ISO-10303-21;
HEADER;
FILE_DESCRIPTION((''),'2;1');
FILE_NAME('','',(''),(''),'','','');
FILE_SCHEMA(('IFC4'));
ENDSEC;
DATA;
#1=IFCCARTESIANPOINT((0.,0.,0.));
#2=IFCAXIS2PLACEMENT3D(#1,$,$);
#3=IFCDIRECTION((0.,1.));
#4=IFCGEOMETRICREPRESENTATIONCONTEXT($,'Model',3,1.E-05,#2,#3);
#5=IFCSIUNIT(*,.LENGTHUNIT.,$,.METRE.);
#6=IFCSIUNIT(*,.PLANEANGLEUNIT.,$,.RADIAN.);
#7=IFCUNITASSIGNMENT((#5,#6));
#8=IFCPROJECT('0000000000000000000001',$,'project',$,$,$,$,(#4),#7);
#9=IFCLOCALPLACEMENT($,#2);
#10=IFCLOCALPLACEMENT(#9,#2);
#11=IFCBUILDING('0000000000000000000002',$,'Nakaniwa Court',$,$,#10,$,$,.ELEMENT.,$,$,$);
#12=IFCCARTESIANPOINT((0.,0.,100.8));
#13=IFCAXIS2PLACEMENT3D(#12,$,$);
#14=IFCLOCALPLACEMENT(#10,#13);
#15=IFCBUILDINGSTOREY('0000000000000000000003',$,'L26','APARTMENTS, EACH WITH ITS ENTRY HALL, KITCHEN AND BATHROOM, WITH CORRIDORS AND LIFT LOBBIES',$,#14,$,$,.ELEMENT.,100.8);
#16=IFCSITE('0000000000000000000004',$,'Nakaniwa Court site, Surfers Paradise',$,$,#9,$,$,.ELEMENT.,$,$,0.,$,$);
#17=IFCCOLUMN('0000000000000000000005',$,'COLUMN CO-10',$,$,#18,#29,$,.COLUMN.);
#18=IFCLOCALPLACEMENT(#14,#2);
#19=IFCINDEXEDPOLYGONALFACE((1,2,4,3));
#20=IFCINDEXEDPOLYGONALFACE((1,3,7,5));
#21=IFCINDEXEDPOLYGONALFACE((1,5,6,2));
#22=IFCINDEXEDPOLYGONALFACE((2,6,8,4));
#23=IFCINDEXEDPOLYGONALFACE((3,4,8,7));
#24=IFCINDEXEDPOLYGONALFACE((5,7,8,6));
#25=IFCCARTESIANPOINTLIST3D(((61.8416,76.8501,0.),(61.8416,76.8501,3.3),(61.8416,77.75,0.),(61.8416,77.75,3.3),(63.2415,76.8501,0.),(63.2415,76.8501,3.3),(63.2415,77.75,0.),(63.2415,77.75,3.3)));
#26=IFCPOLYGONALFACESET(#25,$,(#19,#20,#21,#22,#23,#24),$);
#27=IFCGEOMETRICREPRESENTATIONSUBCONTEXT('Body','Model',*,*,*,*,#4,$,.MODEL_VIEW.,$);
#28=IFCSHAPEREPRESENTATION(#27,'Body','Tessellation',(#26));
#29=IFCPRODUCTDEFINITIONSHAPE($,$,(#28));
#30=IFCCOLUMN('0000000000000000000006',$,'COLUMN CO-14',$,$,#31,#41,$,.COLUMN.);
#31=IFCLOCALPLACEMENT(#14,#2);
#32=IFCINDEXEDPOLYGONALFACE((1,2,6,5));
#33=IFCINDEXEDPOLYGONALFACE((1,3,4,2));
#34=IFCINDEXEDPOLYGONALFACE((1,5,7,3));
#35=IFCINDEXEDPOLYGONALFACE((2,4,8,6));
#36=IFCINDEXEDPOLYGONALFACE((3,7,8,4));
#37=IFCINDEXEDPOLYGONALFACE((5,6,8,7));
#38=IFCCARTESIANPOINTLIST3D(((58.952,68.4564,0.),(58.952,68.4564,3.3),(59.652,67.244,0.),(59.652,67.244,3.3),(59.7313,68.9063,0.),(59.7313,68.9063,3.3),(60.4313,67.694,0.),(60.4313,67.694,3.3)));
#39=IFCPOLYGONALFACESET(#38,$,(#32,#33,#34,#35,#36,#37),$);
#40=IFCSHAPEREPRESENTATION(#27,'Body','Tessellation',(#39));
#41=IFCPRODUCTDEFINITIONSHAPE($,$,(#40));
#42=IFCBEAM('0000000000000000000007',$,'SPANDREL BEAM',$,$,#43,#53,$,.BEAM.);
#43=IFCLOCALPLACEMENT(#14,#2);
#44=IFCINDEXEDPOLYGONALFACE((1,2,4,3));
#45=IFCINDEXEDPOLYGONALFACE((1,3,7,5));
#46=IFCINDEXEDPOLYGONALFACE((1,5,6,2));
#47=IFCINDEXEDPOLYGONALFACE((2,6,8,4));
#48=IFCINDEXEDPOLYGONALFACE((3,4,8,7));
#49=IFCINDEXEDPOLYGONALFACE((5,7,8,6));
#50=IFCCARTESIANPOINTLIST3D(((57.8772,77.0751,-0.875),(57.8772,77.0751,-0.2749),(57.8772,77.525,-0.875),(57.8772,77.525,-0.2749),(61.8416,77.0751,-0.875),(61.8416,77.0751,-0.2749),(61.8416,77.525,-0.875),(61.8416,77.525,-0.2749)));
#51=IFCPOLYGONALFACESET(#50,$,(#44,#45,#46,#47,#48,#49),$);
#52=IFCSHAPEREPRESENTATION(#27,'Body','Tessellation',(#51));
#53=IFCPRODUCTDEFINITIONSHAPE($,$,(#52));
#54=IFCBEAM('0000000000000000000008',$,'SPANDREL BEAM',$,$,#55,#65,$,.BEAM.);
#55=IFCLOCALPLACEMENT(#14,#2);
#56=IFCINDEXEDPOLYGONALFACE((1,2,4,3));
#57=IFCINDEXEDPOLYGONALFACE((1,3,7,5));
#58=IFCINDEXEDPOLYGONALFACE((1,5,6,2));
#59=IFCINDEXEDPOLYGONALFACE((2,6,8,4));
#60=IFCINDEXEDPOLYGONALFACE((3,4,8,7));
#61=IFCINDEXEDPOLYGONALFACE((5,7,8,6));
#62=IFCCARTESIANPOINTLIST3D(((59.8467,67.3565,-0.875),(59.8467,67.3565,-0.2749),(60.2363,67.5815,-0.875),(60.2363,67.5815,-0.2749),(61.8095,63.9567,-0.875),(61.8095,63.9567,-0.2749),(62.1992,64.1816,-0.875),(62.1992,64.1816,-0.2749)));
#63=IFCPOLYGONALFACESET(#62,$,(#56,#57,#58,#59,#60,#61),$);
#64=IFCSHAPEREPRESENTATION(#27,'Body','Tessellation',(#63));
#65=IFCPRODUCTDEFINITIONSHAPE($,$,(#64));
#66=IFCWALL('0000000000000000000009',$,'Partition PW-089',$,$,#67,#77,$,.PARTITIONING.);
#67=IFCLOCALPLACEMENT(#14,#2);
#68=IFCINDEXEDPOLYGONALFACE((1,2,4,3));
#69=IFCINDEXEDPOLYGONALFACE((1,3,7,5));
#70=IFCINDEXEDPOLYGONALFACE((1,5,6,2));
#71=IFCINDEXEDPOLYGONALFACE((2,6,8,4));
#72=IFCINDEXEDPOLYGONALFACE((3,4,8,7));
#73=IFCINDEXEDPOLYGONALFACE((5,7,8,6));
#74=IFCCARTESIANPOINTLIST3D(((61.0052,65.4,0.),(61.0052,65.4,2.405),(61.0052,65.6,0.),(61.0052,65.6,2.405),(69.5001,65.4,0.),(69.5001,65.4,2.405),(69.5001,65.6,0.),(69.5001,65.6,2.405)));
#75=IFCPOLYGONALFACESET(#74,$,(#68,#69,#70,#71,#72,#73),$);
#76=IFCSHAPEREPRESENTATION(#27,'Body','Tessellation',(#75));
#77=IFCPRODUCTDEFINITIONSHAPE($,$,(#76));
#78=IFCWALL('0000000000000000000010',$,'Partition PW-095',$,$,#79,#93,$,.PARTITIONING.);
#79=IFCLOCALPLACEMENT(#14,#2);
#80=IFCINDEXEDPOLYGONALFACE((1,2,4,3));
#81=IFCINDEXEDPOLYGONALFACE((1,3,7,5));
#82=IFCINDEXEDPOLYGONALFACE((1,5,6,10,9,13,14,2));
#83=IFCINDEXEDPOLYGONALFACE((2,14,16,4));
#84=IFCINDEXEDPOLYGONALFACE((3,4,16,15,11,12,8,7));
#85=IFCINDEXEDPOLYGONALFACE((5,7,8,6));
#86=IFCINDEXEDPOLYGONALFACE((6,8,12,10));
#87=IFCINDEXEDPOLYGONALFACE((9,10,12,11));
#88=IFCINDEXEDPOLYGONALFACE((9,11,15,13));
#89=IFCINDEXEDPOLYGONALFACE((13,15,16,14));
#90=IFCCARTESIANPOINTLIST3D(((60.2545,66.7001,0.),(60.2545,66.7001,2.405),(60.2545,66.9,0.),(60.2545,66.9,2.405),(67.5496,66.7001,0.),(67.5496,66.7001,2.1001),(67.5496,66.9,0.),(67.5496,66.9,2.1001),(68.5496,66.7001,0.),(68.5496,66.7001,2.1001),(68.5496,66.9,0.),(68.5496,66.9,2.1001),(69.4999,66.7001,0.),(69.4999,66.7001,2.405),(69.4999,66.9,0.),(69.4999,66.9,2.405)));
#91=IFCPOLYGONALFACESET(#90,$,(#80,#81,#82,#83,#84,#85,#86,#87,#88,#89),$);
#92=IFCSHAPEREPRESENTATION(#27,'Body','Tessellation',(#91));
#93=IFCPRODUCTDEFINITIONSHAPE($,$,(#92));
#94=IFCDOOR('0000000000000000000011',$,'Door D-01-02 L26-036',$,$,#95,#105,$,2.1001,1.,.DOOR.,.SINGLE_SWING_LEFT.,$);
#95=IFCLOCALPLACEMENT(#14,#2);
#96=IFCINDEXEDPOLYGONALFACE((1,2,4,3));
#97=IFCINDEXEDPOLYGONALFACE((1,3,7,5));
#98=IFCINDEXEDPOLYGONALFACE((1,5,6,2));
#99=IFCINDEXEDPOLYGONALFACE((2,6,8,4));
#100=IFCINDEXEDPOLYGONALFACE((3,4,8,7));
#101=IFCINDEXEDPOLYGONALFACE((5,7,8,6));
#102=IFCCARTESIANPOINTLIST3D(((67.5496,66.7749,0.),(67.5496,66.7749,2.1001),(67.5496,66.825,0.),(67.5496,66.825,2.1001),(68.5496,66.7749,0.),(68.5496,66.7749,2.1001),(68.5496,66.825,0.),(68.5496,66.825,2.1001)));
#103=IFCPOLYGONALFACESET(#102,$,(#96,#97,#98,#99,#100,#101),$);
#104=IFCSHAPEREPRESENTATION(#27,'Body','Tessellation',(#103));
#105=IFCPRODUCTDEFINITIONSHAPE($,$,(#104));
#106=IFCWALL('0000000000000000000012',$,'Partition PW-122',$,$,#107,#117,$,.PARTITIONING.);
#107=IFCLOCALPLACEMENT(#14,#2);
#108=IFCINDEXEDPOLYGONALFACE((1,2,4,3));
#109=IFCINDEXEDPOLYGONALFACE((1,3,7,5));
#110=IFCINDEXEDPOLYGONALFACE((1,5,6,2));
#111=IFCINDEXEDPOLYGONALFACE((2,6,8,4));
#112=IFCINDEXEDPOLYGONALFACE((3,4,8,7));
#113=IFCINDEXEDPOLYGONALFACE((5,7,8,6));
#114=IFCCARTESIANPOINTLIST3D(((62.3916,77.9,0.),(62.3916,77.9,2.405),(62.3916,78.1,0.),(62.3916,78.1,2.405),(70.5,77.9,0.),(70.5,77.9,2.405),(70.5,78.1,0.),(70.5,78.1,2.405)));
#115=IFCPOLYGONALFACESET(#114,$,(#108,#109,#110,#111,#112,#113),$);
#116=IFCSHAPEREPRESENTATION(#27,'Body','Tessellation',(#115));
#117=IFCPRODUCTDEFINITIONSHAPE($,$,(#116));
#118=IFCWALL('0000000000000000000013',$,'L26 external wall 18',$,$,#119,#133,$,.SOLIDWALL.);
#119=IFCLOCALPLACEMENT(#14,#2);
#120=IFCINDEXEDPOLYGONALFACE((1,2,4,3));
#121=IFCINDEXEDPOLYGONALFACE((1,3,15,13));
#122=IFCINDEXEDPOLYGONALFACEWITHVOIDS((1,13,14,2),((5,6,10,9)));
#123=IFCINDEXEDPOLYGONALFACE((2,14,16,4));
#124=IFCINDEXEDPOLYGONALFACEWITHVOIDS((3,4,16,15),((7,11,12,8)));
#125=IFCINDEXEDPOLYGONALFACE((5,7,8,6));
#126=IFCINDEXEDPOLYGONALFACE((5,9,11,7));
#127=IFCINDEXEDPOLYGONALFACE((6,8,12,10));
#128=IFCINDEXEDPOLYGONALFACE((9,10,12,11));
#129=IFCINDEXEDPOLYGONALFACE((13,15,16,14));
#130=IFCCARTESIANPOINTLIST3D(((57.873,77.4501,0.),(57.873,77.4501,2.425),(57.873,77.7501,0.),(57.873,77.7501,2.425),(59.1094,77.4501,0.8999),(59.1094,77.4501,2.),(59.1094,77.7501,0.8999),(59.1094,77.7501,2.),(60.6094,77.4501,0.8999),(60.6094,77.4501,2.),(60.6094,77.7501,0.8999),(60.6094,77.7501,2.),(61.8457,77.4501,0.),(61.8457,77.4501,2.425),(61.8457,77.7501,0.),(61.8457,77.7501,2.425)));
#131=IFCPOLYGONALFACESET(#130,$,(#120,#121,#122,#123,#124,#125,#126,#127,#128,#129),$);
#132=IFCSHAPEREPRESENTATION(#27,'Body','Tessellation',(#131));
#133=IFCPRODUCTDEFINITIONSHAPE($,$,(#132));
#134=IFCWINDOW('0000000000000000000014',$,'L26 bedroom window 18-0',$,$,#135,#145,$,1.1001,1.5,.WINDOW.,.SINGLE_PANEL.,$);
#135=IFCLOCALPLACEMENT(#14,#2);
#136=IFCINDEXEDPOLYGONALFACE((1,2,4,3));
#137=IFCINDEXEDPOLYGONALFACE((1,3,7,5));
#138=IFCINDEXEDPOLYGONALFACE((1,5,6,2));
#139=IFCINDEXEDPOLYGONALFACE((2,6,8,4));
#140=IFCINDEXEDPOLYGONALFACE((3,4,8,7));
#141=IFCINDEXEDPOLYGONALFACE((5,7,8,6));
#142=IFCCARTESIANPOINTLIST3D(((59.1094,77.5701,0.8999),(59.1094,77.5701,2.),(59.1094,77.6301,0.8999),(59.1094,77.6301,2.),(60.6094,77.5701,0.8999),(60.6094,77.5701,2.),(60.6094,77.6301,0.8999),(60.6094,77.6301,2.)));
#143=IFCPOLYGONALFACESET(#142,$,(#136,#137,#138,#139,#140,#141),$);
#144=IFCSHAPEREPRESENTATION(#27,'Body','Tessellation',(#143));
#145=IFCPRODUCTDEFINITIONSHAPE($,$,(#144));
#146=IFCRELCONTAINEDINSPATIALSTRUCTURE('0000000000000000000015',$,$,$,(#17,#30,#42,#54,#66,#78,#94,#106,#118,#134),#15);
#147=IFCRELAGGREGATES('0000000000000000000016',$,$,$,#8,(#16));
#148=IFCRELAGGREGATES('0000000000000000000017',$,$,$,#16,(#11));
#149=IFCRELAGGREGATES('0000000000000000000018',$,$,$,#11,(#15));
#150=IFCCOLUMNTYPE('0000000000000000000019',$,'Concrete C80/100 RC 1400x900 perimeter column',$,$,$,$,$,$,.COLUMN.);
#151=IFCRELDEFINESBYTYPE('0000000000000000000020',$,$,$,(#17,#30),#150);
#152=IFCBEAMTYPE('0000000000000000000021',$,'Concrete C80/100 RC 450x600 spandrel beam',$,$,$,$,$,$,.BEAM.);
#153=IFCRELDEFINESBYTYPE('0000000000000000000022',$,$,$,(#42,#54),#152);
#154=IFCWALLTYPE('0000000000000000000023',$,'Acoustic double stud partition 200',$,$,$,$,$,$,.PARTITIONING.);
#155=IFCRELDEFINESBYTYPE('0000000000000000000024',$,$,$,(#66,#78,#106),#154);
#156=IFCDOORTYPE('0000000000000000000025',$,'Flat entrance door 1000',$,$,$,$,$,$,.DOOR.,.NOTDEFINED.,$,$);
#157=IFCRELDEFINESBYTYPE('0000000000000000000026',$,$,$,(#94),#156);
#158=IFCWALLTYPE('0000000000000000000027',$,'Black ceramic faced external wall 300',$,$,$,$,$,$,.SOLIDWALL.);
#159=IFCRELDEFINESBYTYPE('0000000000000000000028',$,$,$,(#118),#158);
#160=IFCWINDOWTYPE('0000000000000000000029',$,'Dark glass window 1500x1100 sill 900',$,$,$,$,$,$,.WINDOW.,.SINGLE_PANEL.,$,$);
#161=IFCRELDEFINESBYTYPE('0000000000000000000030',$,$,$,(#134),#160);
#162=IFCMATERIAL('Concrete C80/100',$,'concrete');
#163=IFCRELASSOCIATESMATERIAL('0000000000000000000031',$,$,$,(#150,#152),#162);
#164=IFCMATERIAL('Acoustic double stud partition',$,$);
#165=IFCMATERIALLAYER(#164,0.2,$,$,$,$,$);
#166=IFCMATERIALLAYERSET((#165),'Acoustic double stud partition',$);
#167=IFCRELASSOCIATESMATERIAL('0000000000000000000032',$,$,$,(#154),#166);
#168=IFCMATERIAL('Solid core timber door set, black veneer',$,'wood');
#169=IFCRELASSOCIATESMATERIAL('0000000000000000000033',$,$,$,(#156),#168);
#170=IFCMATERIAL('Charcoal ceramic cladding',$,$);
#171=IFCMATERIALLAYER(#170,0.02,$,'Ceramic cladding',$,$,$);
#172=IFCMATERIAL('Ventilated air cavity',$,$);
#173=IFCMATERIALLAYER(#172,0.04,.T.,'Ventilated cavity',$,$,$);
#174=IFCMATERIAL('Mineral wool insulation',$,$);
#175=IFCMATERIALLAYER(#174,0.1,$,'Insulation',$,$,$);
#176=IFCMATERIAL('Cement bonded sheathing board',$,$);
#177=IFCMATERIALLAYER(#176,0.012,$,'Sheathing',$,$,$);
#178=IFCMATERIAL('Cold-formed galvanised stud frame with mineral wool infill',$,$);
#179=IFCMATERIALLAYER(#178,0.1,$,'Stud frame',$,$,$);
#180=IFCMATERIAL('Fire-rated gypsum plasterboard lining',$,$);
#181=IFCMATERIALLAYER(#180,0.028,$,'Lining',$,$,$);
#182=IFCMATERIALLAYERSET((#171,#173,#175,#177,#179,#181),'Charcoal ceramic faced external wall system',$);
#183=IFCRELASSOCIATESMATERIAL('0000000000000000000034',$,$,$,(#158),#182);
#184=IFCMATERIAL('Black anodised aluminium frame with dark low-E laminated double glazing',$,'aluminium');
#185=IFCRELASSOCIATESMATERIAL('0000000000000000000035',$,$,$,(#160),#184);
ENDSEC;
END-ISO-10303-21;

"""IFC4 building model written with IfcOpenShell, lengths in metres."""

from ifc_helpers import new_model, si_unit, direction, frame, frame_2d, origin, origin_2d, place, context, subcontext, project, spatial, rectangle, extrude, material, layer, layer_set, material_profile, profile_set, type_object, element, fill, save


model = new_model("IFC4")

# Units and contexts
model_context = context("Model", 3, precision=1e-05, world=origin(), true_north=direction((0.0, 1.0)))
body_context = subcontext(model_context, "Body", "Model", "MODEL_VIEW")
ifc_project = project(units=[si_unit("LENGTHUNIT", "METRE"), si_unit("PLANEANGLEUNIT", "RADIAN")], contexts=[model_context])

# Site, building, storey
site_placement = place(None, origin())
site = spatial("IfcSite", under=ifc_project, at=site_placement, Name="Nakaniwa Court site, Surfers Paradise", CompositionType="ELEMENT", RefElevation=0.0)
building_placement = place(site_placement, origin())
building = spatial("IfcBuilding", under=site, at=building_placement, Name="Nakaniwa Court", CompositionType="ELEMENT")
storey_placement = place(building_placement, frame((0.0, 0.0, 100.8)))
storey = spatial("IfcBuildingStorey", under=building, at=storey_placement, Name="L26", Description="APARTMENTS, EACH WITH ITS ENTRY HALL, KITCHEN AND BATHROOM, WITH CORRIDORS AND LIFT LOBBIES", CompositionType="ELEMENT", Elevation=100.8)

# Columns
ifc_material_1 = material(Name="Concrete C80/100", Category="concrete")
ifc_material_profile_1 = material_profile(ifc_material_1, rectangle(XDim=1.3999, YDim=0.8999, at=origin_2d()), Name="Concrete C80/100 RC 1400x900 perimeter column")
ifc_profile_set_1 = profile_set([ifc_material_profile_1], Name="Concrete C80/100")
column_type = type_object("IfcColumnType", Name="Concrete C80/100 RC 1400x900 perimeter column", PredefinedType="COLUMN", material=ifc_profile_set_1)
for number, where, z_axis, x_axis, name in (
    (1, (62.5415, 77.3, 0.0), (0.0, 0.0, 1.0), (-1.0, 0.0, 0.0), "COLUMN CO-10"),
    (2, (59.6917, 68.0752, 0.0), (0.0, 0.0, 1.0), (0.5, -0.866025, 0.0), "COLUMN CO-14"),
):
    element("IfcColumn", number, at=place(storey_placement, frame(where, z_axis=z_axis, x_axis=x_axis)), inside=storey, type_object=column_type, Name=name, PredefinedType="COLUMN", context=body_context, shape_type="SweptSolid", body=[
        extrude(rectangle(XDim=1.3999, YDim=0.8999, at=origin_2d()), origin(), (0.0, 0.0, 1.0), 3.3),
    ])

# Beams
ifc_material_profile_2 = material_profile(ifc_material_1, rectangle(XDim=0.45, YDim=0.6001, at=origin_2d()), Name="Concrete C80/100 RC 450x600 spandrel beam")
ifc_profile_set_2 = profile_set([ifc_material_profile_2], Name="Concrete C80/100")
beam_type = type_object("IfcBeamType", Name="Concrete C80/100 RC 450x600 spandrel beam", PredefinedType="BEAM", material=ifc_profile_set_2)
beam_1_placement = place(storey_placement, frame((61.8416, 77.3, -0.575), z_axis=(-1.0, 0.0, 0.0), x_axis=(0.0, -1.0, 0.0)))
element("IfcBeam", 3, at=beam_1_placement, inside=storey, type_object=beam_type, Name="SPANDREL BEAM", PredefinedType="BEAM", context=body_context, shape_type="SweptSolid", body=[
    extrude(rectangle(XDim=0.45, YDim=0.6001, at=origin_2d()), origin(), (0.0, 0.0, 1.0), 3.9644),
])
beam_2_placement = place(storey_placement, frame((60.0415, 67.469, -0.575), z_axis=(0.499992, -0.86603, 0.0), x_axis=(0.86603, 0.499992, 0.0)))
element("IfcBeam", 4, at=beam_2_placement, inside=storey, type_object=beam_type, Name="SPANDREL BEAM", PredefinedType="BEAM", context=body_context, shape_type="SweptSolid", body=[
    extrude(rectangle(XDim=0.45, YDim=0.6001, at=origin_2d()), origin(), (0.0, 0.0, 1.0), 3.9258),
])

# Wall
ifc_material_2 = material(Name="Acoustic double stud partition")
ifc_layer_1 = layer(ifc_material_2, 0.2)
ifc_layer_set_1 = layer_set([ifc_layer_1], Name="Acoustic double stud partition")
wall_type_1 = type_object("IfcWallType", Name="Acoustic double stud partition 200", PredefinedType="PARTITIONING", material=ifc_layer_set_1)
wall_1_placement = place(storey_placement, frame((61.0051, 65.5, 0.0), z_axis=(0.0, 0.0, 1.0), x_axis=(1.0, 0.0, 0.0)))
element("IfcWall", 5, at=wall_1_placement, inside=storey, type_object=wall_type_1, Name="Partition PW-089", PredefinedType="PARTITIONING", context=body_context, shape_type="SweptSolid", body=[
    extrude(rectangle(XDim=8.4949, YDim=0.2, at=frame_2d((4.2476, 0.0))), origin(), (0.0, 0.0, 1.0), 2.405),
])

# Wall, opening, door
wall_2_placement = place(storey_placement, frame((60.2546, 66.8, 0.0), z_axis=(0.0, 0.0, 1.0), x_axis=(1.0, 0.0, 0.0)))
wall_2 = element("IfcWall", 6, at=wall_2_placement, inside=storey, type_object=wall_type_1, Name="Partition PW-095", PredefinedType="PARTITIONING", context=body_context, shape_type="SweptSolid", body=[
    extrude(rectangle(XDim=9.2454, YDim=0.2, at=frame_2d((4.6226, 0.0))), origin(), (0.0, 0.0, 1.0), 2.405),
])
opening_1_placement = place(wall_2_placement, frame((7.2949, 0.0, 0.0)))
opening_1 = element("IfcOpeningElement", 7, at=opening_1_placement, cuts=wall_2, PredefinedType="OPENING", context=body_context, shape_type="SweptSolid", body=[
    extrude(rectangle(XDim=1.0, YDim=2.1001, at=frame_2d((0.5, 1.05))), frame((0.0, 0.1099, 0.0), z_axis=(0.0, -1.0, 0.0), x_axis=(1.0, 0.0, 0.0)), (0.0, 0.0, 1.0), 0.22),
])
ifc_material_3 = material(Name="Solid core timber door set, black veneer", Category="wood")
door_type_1 = type_object("IfcDoorType", Name="Flat entrance door 1000", OperationType="NOTDEFINED", PredefinedType="DOOR", material=ifc_material_3)
door_1_placement = place(opening_1_placement, origin())
door_1 = element("IfcDoor", 8, at=door_1_placement, inside=storey, type_object=door_type_1, Name="Door D-01-02 L26-036", OperationType="SINGLE_SWING_LEFT", OverallHeight=2.1001, OverallWidth=1.0, PredefinedType="DOOR", context=body_context, shape_type="SweptSolid", body=[
    extrude(rectangle(XDim=1.0, YDim=2.1001, at=frame_2d((0.5, 1.05))), frame((0.0, 0.0249, 0.0), z_axis=(0.0, -1.0, 0.0), x_axis=(1.0, 0.0, 0.0)), (0.0, 0.0, 1.0), 0.05),
])
fill(opening_1, door_1)

# Wall
wall_3_placement = place(storey_placement, frame((62.3916, 78.0, 0.0), z_axis=(0.0, 0.0, 1.0), x_axis=(1.0, 0.0, 0.0)))
element("IfcWall", 9, at=wall_3_placement, inside=storey, type_object=wall_type_1, Name="Partition PW-122", PredefinedType="PARTITIONING", context=body_context, shape_type="SweptSolid", body=[
    extrude(rectangle(XDim=8.1084, YDim=0.2, at=frame_2d((4.0542, 0.0))), origin(), (0.0, 0.0, 1.0), 2.405),
])

# Wall, opening, window
ifc_material_4 = material(Name="Charcoal ceramic cladding")
ifc_layer_2 = layer(ifc_material_4, 0.02, Name="Ceramic cladding")
ifc_material_5 = material(Name="Ventilated air cavity")
ifc_layer_3 = layer(ifc_material_5, 0.04, ventilated=True, Name="Ventilated cavity")
ifc_material_6 = material(Name="Mineral wool insulation")
ifc_layer_4 = layer(ifc_material_6, 0.1, Name="Insulation")
ifc_material_7 = material(Name="Cement bonded sheathing board")
ifc_layer_5 = layer(ifc_material_7, 0.012, Name="Sheathing")
ifc_material_8 = material(Name="Cold-formed galvanised stud frame with mineral wool infill")
ifc_layer_6 = layer(ifc_material_8, 0.1, Name="Stud frame")
ifc_material_9 = material(Name="Fire-rated gypsum plasterboard lining")
ifc_layer_7 = layer(ifc_material_9, 0.028, Name="Lining")
ifc_layer_set_2 = layer_set([ifc_layer_2, ifc_layer_3, ifc_layer_4, ifc_layer_5, ifc_layer_6, ifc_layer_7], Name="Charcoal ceramic faced external wall system")
wall_type_2 = type_object("IfcWallType", Name="Black ceramic faced external wall 300", PredefinedType="SOLIDWALL", material=ifc_layer_set_2)
wall_4_placement = place(storey_placement, frame((61.8457, 77.6001, 0.0), z_axis=(0.0, 0.0, 1.0), x_axis=(-1.0, 0.0, 0.0)))
wall_4 = element("IfcWall", 10, at=wall_4_placement, inside=storey, type_object=wall_type_2, Name="L26 external wall 18", PredefinedType="SOLIDWALL", context=body_context, shape_type="SweptSolid", body=[
    extrude(rectangle(XDim=3.9727, YDim=0.3, at=frame_2d((1.9863, 0.0))), origin(), (0.0, 0.0, 1.0), 2.425),
])
opening_2_placement = place(wall_4_placement, frame((1.2363, 0.0, 0.8999)))
opening_2 = element("IfcOpeningElement", 11, at=opening_2_placement, cuts=wall_4, PredefinedType="OPENING", context=body_context, shape_type="SweptSolid", body=[
    extrude(rectangle(XDim=1.5, YDim=1.1001, at=frame_2d((0.75, 0.55))), frame((0.0, 0.1599, 0.0), z_axis=(0.0, -1.0, 0.0), x_axis=(1.0, 0.0, 0.0)), (0.0, 0.0, 1.0), 0.3201),
])
ifc_material_10 = material(Name="Black anodised aluminium frame with dark low-E laminated double glazing", Category="aluminium")
window_type_1 = type_object("IfcWindowType", Name="Dark glass window 1500x1100 sill 900", PartitioningType="SINGLE_PANEL", PredefinedType="WINDOW", material=ifc_material_10)
window_1_placement = place(opening_2_placement, origin())
window_1 = element("IfcWindow", 12, at=window_1_placement, inside=storey, type_object=window_type_1, Name="L26 bedroom window 18-0", OverallHeight=1.1001, OverallWidth=1.5, PartitioningType="SINGLE_PANEL", PredefinedType="WINDOW", context=body_context, shape_type="SweptSolid", body=[
    extrude(rectangle(XDim=1.5, YDim=1.1001, at=frame_2d((0.75, 0.55))), frame((0.0, 0.03, 0.0), z_axis=(0.0, -1.0, 0.0), x_axis=(1.0, 0.0, 0.0)), (0.0, 0.0, 1.0), 0.0601),
])
fill(opening_2, window_1)

save(model, "model.ifc")
